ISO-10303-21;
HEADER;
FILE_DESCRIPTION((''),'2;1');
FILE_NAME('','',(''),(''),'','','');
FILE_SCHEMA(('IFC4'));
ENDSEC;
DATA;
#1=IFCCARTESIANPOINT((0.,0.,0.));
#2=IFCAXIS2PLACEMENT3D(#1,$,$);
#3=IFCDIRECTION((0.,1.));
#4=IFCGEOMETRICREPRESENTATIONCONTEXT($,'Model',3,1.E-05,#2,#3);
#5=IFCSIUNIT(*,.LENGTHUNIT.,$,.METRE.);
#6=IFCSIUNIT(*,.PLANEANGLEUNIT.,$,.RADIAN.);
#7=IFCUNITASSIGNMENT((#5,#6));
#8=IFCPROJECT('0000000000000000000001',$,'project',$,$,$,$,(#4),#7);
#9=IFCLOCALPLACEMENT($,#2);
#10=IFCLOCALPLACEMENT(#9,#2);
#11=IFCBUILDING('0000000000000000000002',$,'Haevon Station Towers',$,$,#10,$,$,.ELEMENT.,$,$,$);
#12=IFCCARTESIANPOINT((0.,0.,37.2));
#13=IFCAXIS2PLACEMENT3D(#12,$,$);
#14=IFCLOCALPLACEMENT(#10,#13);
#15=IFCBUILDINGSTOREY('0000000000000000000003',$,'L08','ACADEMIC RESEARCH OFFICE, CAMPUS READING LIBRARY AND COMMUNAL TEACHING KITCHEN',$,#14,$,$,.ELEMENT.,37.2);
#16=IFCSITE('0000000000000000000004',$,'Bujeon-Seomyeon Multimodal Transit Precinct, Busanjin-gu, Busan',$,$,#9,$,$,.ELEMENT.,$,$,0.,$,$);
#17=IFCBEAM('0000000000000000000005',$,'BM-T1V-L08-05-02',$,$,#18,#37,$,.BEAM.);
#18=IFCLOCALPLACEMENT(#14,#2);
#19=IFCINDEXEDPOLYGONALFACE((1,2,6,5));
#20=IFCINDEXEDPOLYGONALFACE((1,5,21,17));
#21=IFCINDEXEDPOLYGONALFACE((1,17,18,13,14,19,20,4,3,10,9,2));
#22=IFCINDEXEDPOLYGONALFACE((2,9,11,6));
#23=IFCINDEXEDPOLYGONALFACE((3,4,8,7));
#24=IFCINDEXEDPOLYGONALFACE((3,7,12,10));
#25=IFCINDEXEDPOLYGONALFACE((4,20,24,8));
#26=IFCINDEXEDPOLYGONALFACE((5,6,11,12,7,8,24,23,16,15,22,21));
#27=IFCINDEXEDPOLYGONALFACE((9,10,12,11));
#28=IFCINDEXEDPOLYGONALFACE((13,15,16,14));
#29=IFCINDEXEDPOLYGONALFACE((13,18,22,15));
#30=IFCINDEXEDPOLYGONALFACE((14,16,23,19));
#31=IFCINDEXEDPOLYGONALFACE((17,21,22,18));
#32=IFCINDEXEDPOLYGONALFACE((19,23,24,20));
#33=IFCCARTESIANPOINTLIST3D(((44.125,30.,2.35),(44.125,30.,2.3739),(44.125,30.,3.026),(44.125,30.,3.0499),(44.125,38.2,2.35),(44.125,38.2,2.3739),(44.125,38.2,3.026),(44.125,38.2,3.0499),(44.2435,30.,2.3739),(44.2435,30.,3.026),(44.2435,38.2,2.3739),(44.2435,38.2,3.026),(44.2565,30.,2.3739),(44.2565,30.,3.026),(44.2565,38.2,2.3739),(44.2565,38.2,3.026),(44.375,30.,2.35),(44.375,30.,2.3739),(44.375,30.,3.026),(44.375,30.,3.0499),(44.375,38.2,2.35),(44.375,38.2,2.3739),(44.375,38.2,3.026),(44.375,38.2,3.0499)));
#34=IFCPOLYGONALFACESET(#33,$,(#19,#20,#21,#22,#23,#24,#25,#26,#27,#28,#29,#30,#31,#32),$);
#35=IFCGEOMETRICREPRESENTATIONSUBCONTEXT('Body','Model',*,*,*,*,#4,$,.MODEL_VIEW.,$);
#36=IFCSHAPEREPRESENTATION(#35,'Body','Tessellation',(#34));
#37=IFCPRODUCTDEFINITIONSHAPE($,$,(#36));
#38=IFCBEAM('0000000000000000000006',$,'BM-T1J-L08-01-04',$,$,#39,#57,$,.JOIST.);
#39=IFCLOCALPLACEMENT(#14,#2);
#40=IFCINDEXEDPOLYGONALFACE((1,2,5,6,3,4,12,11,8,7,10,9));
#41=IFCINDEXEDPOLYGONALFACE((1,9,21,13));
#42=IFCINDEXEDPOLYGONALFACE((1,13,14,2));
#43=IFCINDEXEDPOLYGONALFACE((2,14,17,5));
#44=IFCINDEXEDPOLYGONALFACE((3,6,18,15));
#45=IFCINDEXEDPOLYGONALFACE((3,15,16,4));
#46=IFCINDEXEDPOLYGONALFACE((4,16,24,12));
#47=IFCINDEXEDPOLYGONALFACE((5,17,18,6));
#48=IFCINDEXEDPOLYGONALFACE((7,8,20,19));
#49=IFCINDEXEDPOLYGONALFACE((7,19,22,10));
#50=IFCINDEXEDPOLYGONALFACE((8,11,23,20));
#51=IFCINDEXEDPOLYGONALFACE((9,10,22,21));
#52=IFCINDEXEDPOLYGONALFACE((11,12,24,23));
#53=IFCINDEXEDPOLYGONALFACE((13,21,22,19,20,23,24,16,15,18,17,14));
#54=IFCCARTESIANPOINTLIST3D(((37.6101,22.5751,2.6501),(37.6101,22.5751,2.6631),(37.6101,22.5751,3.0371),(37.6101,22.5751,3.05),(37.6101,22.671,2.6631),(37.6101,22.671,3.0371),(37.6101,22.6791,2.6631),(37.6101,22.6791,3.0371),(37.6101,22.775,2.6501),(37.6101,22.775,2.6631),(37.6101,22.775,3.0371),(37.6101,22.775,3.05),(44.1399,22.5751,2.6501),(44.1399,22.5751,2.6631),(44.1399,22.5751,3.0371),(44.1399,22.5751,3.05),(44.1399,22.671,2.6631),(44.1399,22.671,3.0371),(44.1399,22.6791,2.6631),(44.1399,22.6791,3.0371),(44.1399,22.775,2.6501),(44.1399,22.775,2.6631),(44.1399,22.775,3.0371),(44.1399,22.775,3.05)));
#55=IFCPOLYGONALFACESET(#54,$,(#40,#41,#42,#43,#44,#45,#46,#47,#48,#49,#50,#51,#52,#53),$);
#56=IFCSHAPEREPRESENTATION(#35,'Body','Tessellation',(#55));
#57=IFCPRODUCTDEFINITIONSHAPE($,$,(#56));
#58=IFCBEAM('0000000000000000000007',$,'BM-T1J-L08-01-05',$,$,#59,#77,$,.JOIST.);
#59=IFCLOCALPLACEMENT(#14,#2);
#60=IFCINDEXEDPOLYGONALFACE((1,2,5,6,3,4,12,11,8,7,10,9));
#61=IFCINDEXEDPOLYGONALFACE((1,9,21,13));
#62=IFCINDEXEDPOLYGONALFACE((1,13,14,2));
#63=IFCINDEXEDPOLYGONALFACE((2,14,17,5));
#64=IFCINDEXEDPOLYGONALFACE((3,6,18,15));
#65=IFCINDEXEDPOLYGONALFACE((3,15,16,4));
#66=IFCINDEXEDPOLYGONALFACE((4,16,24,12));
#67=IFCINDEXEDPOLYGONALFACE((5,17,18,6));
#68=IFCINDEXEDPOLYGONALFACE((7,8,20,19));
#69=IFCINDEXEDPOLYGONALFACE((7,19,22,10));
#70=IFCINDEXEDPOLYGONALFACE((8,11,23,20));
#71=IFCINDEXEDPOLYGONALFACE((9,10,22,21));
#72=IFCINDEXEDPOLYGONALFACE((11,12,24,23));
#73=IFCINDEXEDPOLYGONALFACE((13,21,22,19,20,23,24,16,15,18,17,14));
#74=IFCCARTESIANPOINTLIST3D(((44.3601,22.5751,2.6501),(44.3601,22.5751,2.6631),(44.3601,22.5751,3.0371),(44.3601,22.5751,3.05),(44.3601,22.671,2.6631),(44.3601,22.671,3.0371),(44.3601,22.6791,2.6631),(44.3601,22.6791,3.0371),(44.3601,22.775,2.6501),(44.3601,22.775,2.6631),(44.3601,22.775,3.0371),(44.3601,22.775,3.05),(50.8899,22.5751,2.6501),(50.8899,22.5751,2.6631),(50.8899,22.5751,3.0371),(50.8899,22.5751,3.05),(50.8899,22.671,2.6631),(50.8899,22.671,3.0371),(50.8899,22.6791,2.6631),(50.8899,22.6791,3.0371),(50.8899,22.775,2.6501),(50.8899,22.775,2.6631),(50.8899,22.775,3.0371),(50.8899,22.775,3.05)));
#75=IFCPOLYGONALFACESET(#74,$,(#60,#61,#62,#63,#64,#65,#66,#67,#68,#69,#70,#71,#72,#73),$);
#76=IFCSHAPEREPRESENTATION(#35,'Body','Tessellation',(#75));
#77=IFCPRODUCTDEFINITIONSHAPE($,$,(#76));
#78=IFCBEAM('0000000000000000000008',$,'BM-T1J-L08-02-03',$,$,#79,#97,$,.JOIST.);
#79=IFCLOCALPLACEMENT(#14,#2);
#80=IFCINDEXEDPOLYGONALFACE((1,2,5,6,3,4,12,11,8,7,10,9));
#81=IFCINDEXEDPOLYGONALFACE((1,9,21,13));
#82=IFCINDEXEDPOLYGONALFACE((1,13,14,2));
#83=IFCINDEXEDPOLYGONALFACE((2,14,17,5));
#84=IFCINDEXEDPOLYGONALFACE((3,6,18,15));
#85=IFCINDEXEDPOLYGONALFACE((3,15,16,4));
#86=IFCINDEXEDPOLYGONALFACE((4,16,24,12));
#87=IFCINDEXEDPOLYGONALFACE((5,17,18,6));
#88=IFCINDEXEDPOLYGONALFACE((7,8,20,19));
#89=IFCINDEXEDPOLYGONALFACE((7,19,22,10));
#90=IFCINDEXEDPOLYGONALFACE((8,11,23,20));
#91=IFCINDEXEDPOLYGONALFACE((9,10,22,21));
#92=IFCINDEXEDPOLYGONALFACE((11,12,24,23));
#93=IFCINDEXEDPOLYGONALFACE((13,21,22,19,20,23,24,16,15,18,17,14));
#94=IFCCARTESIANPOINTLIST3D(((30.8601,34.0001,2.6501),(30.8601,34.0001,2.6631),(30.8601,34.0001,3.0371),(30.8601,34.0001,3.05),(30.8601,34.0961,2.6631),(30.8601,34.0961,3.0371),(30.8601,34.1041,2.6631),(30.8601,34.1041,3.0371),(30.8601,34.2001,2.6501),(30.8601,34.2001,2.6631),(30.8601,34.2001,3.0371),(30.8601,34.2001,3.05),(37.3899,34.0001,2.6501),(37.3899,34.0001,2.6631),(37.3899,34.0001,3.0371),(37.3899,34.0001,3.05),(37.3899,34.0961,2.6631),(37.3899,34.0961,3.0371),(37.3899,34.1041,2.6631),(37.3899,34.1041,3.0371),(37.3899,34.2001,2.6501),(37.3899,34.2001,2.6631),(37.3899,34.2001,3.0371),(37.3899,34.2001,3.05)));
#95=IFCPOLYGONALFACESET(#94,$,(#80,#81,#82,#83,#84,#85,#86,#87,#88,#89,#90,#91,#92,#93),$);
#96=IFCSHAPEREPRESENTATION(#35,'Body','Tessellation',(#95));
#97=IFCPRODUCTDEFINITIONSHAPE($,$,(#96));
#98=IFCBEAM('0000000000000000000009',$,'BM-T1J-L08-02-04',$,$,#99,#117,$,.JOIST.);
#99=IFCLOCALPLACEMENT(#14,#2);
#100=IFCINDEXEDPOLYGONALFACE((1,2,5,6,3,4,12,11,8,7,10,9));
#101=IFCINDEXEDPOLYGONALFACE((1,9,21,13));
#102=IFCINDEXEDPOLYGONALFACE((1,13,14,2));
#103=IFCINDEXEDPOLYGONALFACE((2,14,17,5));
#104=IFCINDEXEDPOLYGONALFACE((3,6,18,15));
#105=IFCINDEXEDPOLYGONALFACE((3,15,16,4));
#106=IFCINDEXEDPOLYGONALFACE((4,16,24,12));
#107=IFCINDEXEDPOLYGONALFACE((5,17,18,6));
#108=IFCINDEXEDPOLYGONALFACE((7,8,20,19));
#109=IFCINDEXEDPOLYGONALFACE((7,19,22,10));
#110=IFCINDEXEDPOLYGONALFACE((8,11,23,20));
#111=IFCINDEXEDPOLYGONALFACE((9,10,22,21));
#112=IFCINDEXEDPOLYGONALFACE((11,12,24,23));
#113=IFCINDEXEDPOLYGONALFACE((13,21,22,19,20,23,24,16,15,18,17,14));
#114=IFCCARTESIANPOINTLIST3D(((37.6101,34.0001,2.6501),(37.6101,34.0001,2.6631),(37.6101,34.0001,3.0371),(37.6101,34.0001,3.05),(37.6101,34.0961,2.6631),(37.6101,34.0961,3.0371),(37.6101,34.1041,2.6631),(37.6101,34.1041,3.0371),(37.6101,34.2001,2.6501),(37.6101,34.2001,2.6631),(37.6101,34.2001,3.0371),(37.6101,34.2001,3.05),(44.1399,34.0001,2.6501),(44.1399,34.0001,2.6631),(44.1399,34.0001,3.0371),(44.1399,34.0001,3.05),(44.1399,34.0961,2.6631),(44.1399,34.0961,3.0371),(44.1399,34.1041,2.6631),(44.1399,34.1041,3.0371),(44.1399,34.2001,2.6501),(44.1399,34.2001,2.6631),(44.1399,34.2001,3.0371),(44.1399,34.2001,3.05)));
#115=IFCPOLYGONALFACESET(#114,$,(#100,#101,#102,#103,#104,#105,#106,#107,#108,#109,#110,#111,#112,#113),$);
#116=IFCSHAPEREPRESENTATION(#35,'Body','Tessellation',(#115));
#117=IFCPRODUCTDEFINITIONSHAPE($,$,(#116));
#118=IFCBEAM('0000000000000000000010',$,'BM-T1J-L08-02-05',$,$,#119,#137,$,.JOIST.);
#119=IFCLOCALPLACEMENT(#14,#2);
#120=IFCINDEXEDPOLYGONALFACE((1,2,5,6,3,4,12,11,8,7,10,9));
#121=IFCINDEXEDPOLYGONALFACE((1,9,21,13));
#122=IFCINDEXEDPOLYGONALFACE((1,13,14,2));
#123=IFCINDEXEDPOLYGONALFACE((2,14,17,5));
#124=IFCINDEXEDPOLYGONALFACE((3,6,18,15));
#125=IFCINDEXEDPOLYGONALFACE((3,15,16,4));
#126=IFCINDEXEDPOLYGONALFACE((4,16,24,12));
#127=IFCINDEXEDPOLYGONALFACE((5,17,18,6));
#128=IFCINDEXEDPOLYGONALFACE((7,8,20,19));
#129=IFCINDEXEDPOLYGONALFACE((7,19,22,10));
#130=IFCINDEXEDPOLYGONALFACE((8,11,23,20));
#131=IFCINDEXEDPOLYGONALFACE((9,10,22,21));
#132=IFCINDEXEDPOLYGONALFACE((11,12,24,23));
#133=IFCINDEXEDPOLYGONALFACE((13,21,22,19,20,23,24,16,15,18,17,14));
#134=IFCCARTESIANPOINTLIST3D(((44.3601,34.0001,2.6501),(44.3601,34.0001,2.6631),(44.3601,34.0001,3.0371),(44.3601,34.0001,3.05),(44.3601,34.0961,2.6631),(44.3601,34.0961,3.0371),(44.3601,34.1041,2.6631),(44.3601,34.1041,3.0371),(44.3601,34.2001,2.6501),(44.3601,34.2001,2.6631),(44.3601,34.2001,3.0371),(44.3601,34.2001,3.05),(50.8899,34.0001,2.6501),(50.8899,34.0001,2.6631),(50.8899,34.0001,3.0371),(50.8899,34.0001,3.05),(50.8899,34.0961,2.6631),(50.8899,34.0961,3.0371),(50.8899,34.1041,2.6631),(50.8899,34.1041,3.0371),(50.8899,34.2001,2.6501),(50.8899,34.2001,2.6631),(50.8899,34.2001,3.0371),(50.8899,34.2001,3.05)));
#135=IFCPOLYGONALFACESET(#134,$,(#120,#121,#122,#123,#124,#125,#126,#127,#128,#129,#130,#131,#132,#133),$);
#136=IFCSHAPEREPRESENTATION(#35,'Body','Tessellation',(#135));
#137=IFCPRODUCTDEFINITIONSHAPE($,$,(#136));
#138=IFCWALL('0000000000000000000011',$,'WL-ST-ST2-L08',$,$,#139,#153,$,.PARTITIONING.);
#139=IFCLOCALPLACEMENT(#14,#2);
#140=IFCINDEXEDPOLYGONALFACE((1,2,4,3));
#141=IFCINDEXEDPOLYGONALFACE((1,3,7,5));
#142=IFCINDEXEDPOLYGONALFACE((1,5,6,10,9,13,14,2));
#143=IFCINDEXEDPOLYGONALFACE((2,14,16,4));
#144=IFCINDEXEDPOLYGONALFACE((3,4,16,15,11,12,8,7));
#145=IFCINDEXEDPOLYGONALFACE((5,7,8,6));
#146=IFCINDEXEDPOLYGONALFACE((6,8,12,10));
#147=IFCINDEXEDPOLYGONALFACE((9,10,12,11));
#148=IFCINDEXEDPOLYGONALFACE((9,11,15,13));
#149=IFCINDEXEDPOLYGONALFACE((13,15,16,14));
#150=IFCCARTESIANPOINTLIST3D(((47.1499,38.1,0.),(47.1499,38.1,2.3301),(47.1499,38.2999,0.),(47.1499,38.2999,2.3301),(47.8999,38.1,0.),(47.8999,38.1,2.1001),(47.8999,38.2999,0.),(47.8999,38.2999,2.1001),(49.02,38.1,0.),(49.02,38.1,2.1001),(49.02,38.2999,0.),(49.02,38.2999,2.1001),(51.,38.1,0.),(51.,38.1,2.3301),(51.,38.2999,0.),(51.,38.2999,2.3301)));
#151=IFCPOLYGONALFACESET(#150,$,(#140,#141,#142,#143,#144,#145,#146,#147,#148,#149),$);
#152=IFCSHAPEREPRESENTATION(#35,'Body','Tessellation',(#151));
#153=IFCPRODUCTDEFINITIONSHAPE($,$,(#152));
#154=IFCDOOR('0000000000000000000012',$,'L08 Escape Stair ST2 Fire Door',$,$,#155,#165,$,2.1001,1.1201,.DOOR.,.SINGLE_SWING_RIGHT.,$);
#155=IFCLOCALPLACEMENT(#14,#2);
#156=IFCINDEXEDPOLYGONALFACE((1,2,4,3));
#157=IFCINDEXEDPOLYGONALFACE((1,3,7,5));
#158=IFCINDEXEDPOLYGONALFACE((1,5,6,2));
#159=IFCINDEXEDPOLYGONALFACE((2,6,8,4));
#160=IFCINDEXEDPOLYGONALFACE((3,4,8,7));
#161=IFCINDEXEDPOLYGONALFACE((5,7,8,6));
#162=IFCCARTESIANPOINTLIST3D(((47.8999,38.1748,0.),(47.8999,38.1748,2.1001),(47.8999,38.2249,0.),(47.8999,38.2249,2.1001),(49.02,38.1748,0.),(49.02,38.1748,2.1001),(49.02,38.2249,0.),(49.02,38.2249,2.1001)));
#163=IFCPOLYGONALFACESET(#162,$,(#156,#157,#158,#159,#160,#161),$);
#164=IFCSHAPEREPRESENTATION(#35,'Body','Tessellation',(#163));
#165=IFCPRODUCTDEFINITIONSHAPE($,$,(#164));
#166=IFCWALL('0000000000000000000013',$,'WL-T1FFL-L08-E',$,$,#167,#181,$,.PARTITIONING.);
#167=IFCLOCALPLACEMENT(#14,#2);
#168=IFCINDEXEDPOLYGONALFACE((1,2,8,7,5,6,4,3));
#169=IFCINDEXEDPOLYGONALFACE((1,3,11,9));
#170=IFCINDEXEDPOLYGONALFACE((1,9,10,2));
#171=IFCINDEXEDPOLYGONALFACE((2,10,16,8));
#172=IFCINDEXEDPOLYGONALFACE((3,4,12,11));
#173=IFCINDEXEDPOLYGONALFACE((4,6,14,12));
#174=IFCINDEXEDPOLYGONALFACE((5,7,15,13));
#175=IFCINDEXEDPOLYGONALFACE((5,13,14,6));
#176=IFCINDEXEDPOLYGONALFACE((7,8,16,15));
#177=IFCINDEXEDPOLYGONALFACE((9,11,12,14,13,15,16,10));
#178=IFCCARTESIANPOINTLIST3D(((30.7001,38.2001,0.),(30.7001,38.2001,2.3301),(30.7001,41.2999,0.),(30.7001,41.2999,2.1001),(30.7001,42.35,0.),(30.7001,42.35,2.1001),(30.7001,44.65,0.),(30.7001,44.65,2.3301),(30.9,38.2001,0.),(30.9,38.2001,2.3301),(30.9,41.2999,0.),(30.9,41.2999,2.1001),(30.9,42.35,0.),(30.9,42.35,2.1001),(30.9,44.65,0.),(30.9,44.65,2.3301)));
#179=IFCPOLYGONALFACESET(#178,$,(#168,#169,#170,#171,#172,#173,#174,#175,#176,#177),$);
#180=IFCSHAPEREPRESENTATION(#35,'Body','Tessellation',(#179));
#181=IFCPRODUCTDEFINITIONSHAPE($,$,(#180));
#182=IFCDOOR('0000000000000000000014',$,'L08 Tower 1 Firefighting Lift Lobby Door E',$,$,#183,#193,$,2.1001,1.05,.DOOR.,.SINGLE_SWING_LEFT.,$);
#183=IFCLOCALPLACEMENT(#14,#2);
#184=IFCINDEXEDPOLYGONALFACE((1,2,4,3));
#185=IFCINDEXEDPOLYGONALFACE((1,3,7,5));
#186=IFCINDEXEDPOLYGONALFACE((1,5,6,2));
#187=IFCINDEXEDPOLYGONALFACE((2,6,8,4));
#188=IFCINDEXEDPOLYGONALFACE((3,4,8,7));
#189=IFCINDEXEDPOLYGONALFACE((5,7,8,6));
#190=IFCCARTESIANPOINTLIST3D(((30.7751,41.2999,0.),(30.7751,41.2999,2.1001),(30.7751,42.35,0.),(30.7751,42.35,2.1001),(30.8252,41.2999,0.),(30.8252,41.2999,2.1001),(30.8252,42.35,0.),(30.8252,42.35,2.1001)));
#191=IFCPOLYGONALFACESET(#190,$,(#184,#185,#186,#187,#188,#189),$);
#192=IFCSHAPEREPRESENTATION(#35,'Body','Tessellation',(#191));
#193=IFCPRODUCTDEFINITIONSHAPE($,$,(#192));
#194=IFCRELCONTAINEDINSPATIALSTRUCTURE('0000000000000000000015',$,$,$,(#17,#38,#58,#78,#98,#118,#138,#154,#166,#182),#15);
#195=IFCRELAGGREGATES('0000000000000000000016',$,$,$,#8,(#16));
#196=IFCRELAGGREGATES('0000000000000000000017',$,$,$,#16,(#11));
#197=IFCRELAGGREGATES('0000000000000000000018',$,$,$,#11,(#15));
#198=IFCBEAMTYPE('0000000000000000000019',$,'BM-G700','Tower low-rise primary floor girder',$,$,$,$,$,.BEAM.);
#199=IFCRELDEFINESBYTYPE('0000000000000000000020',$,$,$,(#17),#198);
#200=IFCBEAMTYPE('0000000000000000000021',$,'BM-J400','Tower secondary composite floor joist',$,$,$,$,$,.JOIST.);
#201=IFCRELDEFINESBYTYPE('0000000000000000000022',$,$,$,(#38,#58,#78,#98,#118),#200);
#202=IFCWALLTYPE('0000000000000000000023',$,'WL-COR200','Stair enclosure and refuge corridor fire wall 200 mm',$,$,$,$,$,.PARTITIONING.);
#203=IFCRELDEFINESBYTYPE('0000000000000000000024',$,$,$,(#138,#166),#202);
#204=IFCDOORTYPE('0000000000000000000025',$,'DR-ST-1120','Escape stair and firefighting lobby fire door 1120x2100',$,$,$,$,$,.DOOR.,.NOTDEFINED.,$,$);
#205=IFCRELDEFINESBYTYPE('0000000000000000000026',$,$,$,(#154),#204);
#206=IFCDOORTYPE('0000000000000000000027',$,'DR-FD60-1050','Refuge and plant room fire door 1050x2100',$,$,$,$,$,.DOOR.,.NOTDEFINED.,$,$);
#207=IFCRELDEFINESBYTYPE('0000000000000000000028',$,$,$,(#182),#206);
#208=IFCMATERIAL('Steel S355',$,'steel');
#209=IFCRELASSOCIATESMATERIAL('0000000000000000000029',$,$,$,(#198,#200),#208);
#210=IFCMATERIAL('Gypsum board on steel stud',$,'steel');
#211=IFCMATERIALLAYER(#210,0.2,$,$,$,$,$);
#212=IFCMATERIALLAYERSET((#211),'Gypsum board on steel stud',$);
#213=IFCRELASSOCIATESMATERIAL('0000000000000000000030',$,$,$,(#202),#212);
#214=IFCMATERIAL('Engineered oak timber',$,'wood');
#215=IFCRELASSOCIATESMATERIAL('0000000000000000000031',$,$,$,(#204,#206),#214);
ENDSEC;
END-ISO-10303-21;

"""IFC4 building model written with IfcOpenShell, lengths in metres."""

from ifc_helpers import new_model, si_unit, direction, frame, frame_2d, origin, origin_2d, place, context, subcontext, project, spatial, rectangle, i_section, extrude, material, layer, layer_set, material_profile, profile_set, type_object, element, fill, save


model = new_model("IFC4")

# Units and contexts
model_context = context("Model", 3, precision=1e-05, world=origin(), true_north=direction((0.0, 1.0)))
body_context = subcontext(model_context, "Body", "Model", "MODEL_VIEW")
ifc_project = project(units=[si_unit("LENGTHUNIT", "METRE"), si_unit("PLANEANGLEUNIT", "RADIAN")], contexts=[model_context])

# Site, building, storey
site_placement = place(None, origin())
site = spatial("IfcSite", under=ifc_project, at=site_placement, Name="Bujeon-Seomyeon Multimodal Transit Precinct, Busanjin-gu, Busan", CompositionType="ELEMENT", RefElevation=0.0)
building_placement = place(site_placement, origin())
building = spatial("IfcBuilding", under=site, at=building_placement, Name="Haevon Station Towers", CompositionType="ELEMENT")
storey_placement = place(building_placement, frame((0.0, 0.0, 37.2)))
storey = spatial("IfcBuildingStorey", under=building, at=storey_placement, Name="L08", Description="ACADEMIC RESEARCH OFFICE, CAMPUS READING LIBRARY AND COMMUNAL TEACHING KITCHEN", CompositionType="ELEMENT", Elevation=37.2)

# Beams
ifc_material_1 = material(Name="Steel S355", Category="steel")
ifc_material_profile_1 = material_profile(ifc_material_1, i_section(OverallWidth=0.25, OverallDepth=0.7, WebThickness=0.0129, FlangeThickness=0.0239, at=origin_2d()), Name="H-700x250x13x24")
ifc_profile_set_1 = profile_set([ifc_material_profile_1], Name="Steel S355")
beam_type_1 = type_object("IfcBeamType", Name="BM-G700", Description="Tower low-rise primary floor girder", PredefinedType="BEAM", material=ifc_profile_set_1)
for number, where, z_axis, x_axis, name in (
    (1, (44.25, 30.0, 2.7), (0.0, 1.0, 0.0), (-1.0, 0.0, 0.0), "BM-T1V-L08-05-02"),
):
    element("IfcBeam", number, at=place(storey_placement, frame(where, z_axis=z_axis, x_axis=x_axis)), inside=storey, type_object=beam_type_1, Name=name, PredefinedType="BEAM", context=body_context, shape_type="SweptSolid", body=[
        extrude(i_section(OverallWidth=0.25, OverallDepth=0.7, WebThickness=0.0129, FlangeThickness=0.0239, at=origin_2d()), origin(), (0.0, 0.0, 1.0), 8.2),
    ])
ifc_material_profile_2 = material_profile(ifc_material_1, i_section(OverallWidth=0.2, OverallDepth=0.3999, WebThickness=0.0081, FlangeThickness=0.0129, at=origin_2d()), Name="H-400x200x8x13")
ifc_profile_set_2 = profile_set([ifc_material_profile_2], Name="Steel S355")
beam_type_2 = type_object("IfcBeamType", Name="BM-J400", Description="Tower secondary composite floor joist", PredefinedType="JOIST", material=ifc_profile_set_2)
for number, where, z_axis, x_axis, name in (
    (2, (37.6101, 22.675, 2.8501), (1.0, 0.0, 0.0), (0.0, 1.0, 0.0), "BM-T1J-L08-01-04"),
    (3, (44.3601, 22.675, 2.8501), (1.0, 0.0, 0.0), (0.0, 1.0, 0.0), "BM-T1J-L08-01-05"),
    (4, (30.8601, 34.1001, 2.8501), (1.0, 0.0, 0.0), (0.0, 1.0, 0.0), "BM-T1J-L08-02-03"),
    (5, (37.6101, 34.1001, 2.8501), (1.0, 0.0, 0.0), (0.0, 1.0, 0.0), "BM-T1J-L08-02-04"),
    (6, (44.3601, 34.1001, 2.8501), (1.0, 0.0, 0.0), (0.0, 1.0, 0.0), "BM-T1J-L08-02-05"),
):
    element("IfcBeam", number, at=place(storey_placement, frame(where, z_axis=z_axis, x_axis=x_axis)), inside=storey, type_object=beam_type_2, Name=name, PredefinedType="JOIST", context=body_context, shape_type="SweptSolid", body=[
        extrude(i_section(OverallWidth=0.2, OverallDepth=0.3999, WebThickness=0.0081, FlangeThickness=0.0129, at=origin_2d()), origin(), (0.0, 0.0, 1.0), 6.5298),
    ])

# Walls, openings, doors
ifc_material_2 = material(Name="Gypsum board on steel stud", Category="steel")
ifc_layer_1 = layer(ifc_material_2, 0.2)
ifc_layer_set_1 = layer_set([ifc_layer_1], Name="Gypsum board on steel stud")
wall_type_1 = type_object("IfcWallType", Name="WL-COR200", Description="Stair enclosure and refuge corridor fire wall 200 mm", PredefinedType="PARTITIONING", material=ifc_layer_set_1)
wall_1_placement = place(storey_placement, frame((47.1499, 38.2, 0.0), z_axis=(0.0, 0.0, 1.0), x_axis=(1.0, 0.0, 0.0)))
wall_1 = element("IfcWall", 7, at=wall_1_placement, inside=storey, type_object=wall_type_1, Name="WL-ST-ST2-L08", PredefinedType="PARTITIONING", context=body_context, shape_type="SweptSolid", body=[
    extrude(rectangle(XDim=3.8501, YDim=0.2, at=frame_2d((1.925, 0.0))), origin(), (0.0, 0.0, 1.0), 2.3301),
])
opening_1_placement = place(wall_1_placement, frame((0.75, 0.0, 0.0)))
opening_1 = element("IfcOpeningElement", 8, at=opening_1_placement, cuts=wall_1, PredefinedType="OPENING", context=body_context, shape_type="SweptSolid", body=[
    extrude(rectangle(XDim=1.1201, YDim=2.1001, at=frame_2d((0.5601, 1.05))), frame((0.0, 0.1099, 0.0), z_axis=(0.0, -1.0, 0.0), x_axis=(1.0, 0.0, 0.0)), (0.0, 0.0, 1.0), 0.22),
])
ifc_material_3 = material(Name="Engineered oak timber", Category="wood")
door_type_1 = type_object("IfcDoorType", Name="DR-ST-1120", Description="Escape stair and firefighting lobby fire door 1120x2100", OperationType="NOTDEFINED", PredefinedType="DOOR", material=ifc_material_3)
door_1_placement = place(opening_1_placement, origin())
door_1 = element("IfcDoor", 9, at=door_1_placement, inside=storey, type_object=door_type_1, Name="L08 Escape Stair ST2 Fire Door", OperationType="SINGLE_SWING_RIGHT", OverallHeight=2.1001, OverallWidth=1.1201, PredefinedType="DOOR", context=body_context, shape_type="SweptSolid", body=[
    extrude(rectangle(XDim=1.1201, YDim=2.1001, at=frame_2d((0.5601, 1.05))), frame((0.0, 0.0249, 0.0), z_axis=(0.0, -1.0, 0.0), x_axis=(1.0, 0.0, 0.0)), (0.0, 0.0, 1.0), 0.05),
])
fill(opening_1, door_1)
wall_2_placement = place(storey_placement, frame((30.8, 38.2, 0.0), z_axis=(0.0, 0.0, 1.0), x_axis=(0.0, 1.0, 0.0)))
wall_2 = element("IfcWall", 10, at=wall_2_placement, inside=storey, type_object=wall_type_1, Name="WL-T1FFL-L08-E", PredefinedType="PARTITIONING", context=body_context, shape_type="SweptSolid", body=[
    extrude(rectangle(XDim=6.45, YDim=0.2, at=frame_2d((3.2251, 0.0))), origin(), (0.0, 0.0, 1.0), 2.3301),
])
opening_2_placement = place(wall_2_placement, frame((3.1001, 0.0, 0.0)))
opening_2 = element("IfcOpeningElement", 11, at=opening_2_placement, cuts=wall_2, PredefinedType="OPENING", context=body_context, shape_type="SweptSolid", body=[
    extrude(rectangle(XDim=1.05, YDim=2.1001, at=frame_2d((0.5249, 1.05))), frame((0.0, 0.1099, 0.0), z_axis=(0.0, -1.0, 0.0), x_axis=(1.0, 0.0, 0.0)), (0.0, 0.0, 1.0), 0.22),
])
door_type_2 = type_object("IfcDoorType", Name="DR-FD60-1050", Description="Refuge and plant room fire door 1050x2100", OperationType="NOTDEFINED", PredefinedType="DOOR", material=ifc_material_3)
door_2_placement = place(opening_2_placement, origin())
door_2 = element("IfcDoor", 12, at=door_2_placement, inside=storey, type_object=door_type_2, Name="L08 Tower 1 Firefighting Lift Lobby Door E", OperationType="SINGLE_SWING_LEFT", OverallHeight=2.1001, OverallWidth=1.05, PredefinedType="DOOR", context=body_context, shape_type="SweptSolid", body=[
    extrude(rectangle(XDim=1.05, YDim=2.1001, at=frame_2d((0.5249, 1.05))), frame((0.0, 0.0249, 0.0), z_axis=(0.0, -1.0, 0.0), x_axis=(1.0, 0.0, 0.0)), (0.0, 0.0, 1.0), 0.05),
])
fill(opening_2, door_2)

save(model, "model.ifc")
